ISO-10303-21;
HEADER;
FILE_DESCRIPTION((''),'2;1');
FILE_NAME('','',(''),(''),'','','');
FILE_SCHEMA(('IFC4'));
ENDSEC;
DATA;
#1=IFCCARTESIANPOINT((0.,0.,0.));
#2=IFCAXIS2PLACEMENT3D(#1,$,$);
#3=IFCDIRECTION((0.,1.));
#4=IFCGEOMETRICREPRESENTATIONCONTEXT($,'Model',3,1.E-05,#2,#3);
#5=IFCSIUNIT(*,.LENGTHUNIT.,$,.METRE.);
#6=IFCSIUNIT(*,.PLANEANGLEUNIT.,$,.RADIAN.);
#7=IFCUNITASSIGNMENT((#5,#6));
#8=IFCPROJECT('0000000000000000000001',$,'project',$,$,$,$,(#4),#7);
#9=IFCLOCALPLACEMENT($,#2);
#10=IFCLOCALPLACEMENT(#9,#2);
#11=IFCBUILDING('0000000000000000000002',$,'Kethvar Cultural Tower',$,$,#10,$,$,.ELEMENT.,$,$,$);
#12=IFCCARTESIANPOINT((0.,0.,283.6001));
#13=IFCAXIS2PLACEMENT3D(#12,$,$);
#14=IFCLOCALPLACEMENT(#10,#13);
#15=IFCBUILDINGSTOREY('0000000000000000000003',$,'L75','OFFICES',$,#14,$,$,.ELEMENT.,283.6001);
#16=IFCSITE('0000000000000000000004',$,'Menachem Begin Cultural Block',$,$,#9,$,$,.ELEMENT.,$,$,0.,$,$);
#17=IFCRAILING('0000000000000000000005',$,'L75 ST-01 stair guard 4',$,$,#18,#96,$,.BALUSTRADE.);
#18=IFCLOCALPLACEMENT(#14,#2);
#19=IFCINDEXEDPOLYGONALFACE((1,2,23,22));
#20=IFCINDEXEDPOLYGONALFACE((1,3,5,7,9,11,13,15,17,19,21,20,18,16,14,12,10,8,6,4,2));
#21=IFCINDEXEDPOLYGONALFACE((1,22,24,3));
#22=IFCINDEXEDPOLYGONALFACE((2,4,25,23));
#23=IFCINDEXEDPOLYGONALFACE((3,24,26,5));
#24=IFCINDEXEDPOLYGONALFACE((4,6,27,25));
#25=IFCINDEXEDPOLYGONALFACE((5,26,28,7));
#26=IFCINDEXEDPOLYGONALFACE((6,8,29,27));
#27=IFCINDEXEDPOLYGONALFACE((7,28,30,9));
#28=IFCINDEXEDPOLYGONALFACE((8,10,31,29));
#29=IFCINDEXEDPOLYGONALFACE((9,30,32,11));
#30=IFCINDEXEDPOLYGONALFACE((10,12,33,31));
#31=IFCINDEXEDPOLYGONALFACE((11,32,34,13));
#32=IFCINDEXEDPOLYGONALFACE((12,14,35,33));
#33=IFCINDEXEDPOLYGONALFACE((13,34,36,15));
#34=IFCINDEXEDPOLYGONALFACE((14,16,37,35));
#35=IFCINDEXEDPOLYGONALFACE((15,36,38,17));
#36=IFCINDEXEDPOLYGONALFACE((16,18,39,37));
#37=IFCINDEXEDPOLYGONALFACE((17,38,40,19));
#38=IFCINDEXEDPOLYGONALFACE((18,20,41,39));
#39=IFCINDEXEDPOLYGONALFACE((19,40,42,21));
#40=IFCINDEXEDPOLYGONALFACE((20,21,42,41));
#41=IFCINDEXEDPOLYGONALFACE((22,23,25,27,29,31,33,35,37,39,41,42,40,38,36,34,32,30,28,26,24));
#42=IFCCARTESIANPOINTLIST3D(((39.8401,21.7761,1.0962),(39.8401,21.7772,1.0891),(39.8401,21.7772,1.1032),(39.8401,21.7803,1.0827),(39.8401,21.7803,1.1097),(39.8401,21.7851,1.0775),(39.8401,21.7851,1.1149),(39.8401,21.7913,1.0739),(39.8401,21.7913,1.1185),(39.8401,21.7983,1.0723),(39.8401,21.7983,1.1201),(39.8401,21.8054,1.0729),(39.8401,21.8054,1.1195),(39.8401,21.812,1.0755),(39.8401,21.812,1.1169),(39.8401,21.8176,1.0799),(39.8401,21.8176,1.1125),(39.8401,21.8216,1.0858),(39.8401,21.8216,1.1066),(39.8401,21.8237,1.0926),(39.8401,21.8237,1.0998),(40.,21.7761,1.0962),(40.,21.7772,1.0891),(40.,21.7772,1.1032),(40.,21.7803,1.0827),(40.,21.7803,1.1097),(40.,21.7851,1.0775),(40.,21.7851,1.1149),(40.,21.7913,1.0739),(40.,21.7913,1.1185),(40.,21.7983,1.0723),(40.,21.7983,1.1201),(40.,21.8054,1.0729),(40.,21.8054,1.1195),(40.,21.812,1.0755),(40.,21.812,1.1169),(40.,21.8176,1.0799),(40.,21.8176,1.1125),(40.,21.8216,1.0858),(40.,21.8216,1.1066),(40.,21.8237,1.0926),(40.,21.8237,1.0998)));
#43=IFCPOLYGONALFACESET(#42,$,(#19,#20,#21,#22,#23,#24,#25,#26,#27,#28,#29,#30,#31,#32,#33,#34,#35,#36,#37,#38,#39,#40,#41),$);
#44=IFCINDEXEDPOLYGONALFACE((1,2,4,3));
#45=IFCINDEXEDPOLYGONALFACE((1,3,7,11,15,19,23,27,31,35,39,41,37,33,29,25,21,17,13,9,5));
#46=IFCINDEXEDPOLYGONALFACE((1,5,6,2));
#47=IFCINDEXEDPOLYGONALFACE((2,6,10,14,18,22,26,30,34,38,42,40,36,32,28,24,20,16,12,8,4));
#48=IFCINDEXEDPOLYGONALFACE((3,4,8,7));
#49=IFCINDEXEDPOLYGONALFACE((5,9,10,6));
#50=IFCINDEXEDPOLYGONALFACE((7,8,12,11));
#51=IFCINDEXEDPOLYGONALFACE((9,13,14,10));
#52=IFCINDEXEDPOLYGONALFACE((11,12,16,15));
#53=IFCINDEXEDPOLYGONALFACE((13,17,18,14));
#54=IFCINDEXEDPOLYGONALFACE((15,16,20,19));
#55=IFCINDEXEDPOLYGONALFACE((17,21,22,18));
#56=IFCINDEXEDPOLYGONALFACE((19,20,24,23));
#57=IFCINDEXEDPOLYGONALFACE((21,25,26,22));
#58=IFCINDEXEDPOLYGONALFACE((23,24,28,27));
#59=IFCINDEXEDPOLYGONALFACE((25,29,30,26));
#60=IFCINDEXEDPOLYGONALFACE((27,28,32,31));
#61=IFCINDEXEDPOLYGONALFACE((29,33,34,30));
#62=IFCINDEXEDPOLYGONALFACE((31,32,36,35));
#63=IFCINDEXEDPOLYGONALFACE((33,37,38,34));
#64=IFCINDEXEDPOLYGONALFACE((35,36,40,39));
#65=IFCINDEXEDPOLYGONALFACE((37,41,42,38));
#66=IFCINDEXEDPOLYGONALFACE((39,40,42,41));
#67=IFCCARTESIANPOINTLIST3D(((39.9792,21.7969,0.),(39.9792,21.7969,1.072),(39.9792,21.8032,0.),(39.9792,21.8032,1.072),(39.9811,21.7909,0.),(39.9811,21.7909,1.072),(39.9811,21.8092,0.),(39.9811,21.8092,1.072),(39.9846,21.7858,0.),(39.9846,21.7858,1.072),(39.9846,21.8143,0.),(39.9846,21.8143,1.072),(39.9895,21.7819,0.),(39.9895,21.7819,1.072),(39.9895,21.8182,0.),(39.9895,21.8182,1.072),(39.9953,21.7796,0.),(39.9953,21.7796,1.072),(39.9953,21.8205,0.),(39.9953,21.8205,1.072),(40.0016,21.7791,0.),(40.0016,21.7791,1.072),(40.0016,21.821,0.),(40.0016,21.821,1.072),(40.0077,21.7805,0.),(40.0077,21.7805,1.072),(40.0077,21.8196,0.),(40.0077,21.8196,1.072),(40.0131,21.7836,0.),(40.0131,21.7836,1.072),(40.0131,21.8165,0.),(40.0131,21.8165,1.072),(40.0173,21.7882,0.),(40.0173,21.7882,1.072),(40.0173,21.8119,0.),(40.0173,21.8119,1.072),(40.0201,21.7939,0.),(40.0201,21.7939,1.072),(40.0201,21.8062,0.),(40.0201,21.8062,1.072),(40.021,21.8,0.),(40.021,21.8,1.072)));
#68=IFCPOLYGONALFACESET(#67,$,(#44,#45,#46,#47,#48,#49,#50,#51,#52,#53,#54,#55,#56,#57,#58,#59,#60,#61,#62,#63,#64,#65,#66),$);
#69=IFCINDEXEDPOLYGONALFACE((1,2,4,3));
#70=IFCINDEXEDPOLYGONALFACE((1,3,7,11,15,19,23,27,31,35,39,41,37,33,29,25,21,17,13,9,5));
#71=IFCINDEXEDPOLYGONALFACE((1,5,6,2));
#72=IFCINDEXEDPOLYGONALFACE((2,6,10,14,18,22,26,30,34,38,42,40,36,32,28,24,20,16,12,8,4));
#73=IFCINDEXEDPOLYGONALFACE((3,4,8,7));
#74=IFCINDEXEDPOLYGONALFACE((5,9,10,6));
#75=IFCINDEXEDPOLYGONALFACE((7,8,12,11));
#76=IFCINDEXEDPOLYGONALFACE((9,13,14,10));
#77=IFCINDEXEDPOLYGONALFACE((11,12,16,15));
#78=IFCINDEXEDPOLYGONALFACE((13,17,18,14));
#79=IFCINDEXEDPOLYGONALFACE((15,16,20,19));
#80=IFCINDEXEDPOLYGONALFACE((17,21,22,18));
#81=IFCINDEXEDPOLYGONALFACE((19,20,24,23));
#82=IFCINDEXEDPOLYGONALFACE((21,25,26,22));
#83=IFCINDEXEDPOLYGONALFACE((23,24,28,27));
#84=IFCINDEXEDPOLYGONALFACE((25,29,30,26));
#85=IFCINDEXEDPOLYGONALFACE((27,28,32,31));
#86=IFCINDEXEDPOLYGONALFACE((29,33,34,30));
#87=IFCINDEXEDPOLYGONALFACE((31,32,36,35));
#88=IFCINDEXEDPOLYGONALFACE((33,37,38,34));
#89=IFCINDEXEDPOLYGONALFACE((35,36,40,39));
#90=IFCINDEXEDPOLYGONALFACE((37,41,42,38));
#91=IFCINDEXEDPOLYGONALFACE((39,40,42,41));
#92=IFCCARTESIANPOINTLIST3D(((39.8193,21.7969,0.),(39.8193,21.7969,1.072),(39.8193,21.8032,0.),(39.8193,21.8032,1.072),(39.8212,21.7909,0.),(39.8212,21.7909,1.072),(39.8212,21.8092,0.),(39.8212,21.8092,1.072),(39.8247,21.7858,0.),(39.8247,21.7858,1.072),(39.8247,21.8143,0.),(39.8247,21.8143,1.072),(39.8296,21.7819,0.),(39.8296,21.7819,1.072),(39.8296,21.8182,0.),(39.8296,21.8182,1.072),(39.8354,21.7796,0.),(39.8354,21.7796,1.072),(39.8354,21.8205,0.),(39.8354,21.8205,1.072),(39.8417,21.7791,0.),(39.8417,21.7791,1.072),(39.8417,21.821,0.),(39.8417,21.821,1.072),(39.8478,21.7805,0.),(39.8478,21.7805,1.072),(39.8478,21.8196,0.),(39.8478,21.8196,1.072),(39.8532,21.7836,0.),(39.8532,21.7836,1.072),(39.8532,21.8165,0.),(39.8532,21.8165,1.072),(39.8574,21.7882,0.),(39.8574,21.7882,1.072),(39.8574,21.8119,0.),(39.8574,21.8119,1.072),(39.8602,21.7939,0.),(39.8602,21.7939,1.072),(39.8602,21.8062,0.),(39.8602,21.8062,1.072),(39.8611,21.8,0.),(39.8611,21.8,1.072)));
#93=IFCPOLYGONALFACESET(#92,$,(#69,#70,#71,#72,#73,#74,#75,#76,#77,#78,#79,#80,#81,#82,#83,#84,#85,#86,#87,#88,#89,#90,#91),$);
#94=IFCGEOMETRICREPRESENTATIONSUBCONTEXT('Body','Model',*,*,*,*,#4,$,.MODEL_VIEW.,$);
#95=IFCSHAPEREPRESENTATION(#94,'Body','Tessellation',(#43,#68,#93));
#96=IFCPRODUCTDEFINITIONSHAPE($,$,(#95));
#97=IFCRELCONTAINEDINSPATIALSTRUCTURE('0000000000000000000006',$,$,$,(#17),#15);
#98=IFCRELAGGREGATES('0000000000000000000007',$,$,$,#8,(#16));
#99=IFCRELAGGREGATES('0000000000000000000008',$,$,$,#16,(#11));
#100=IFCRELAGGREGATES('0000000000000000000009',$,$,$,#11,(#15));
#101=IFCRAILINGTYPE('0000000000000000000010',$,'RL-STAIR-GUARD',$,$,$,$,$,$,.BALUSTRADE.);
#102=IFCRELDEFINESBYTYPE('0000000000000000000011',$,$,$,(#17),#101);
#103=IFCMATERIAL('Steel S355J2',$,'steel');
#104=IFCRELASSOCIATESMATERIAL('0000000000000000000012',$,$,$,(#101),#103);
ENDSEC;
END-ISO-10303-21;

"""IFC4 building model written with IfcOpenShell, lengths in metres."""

from ifc_helpers import new_model, si_unit, direction, frame, origin, origin_2d, place, context, subcontext, project, spatial, circle, extrude, material, type_object, element, save


model = new_model("IFC4")

# Units and contexts
model_context = context("Model", 3, precision=1e-05, world=origin(), true_north=direction((0.0, 1.0)))
body_context = subcontext(model_context, "Body", "Model", "MODEL_VIEW")
ifc_project = project(units=[si_unit("LENGTHUNIT", "METRE"), si_unit("PLANEANGLEUNIT", "RADIAN")], contexts=[model_context])

# Site, building, storey
site_placement = place(None, origin())
site = spatial("IfcSite", under=ifc_project, at=site_placement, Name="Menachem Begin Cultural Block", CompositionType="ELEMENT", RefElevation=0.0)
building_placement = place(site_placement, origin())
building = spatial("IfcBuilding", under=site, at=building_placement, Name="Kethvar Cultural Tower", CompositionType="ELEMENT")
storey_placement = place(building_placement, frame((0.0, 0.0, 283.6001)))
storey = spatial("IfcBuildingStorey", under=building, at=storey_placement, Name="L75", Description="OFFICES", CompositionType="ELEMENT", Elevation=283.6001)

# Shared definitions
ifc_material_1 = material(Name="Steel S355J2", Category="steel")

# Railing
railing_type_1 = type_object("IfcRailingType", Name="RL-STAIR-GUARD", PredefinedType="BALUSTRADE", material=ifc_material_1)
railing_1_placement = place(storey_placement, frame((40.0, 21.8, 0.0)))
element("IfcRailing", 1, at=railing_1_placement, inside=storey, type_object=railing_type_1, Name="L75 ST-01 stair guard 4", PredefinedType="BALUSTRADE", context=body_context, shape_type="SweptSolid", body=[
    extrude(circle(Radius=0.0239, at=origin_2d()), frame((0.0, 0.0, 1.0962), z_axis=(-1.0, 0.0, 0.0), x_axis=(0.0, -1.0, 0.0)), (0.0, 0.0, 1.0), 0.1599),
    extrude(circle(Radius=0.021, at=origin_2d()), origin(), (0.0, 0.0, 1.0), 1.072),
    extrude(circle(Radius=0.021, at=origin_2d()), frame((-0.1599, 0.0, 0.0)), (0.0, 0.0, 1.0), 1.072),
])

save(model, "model.ifc")
